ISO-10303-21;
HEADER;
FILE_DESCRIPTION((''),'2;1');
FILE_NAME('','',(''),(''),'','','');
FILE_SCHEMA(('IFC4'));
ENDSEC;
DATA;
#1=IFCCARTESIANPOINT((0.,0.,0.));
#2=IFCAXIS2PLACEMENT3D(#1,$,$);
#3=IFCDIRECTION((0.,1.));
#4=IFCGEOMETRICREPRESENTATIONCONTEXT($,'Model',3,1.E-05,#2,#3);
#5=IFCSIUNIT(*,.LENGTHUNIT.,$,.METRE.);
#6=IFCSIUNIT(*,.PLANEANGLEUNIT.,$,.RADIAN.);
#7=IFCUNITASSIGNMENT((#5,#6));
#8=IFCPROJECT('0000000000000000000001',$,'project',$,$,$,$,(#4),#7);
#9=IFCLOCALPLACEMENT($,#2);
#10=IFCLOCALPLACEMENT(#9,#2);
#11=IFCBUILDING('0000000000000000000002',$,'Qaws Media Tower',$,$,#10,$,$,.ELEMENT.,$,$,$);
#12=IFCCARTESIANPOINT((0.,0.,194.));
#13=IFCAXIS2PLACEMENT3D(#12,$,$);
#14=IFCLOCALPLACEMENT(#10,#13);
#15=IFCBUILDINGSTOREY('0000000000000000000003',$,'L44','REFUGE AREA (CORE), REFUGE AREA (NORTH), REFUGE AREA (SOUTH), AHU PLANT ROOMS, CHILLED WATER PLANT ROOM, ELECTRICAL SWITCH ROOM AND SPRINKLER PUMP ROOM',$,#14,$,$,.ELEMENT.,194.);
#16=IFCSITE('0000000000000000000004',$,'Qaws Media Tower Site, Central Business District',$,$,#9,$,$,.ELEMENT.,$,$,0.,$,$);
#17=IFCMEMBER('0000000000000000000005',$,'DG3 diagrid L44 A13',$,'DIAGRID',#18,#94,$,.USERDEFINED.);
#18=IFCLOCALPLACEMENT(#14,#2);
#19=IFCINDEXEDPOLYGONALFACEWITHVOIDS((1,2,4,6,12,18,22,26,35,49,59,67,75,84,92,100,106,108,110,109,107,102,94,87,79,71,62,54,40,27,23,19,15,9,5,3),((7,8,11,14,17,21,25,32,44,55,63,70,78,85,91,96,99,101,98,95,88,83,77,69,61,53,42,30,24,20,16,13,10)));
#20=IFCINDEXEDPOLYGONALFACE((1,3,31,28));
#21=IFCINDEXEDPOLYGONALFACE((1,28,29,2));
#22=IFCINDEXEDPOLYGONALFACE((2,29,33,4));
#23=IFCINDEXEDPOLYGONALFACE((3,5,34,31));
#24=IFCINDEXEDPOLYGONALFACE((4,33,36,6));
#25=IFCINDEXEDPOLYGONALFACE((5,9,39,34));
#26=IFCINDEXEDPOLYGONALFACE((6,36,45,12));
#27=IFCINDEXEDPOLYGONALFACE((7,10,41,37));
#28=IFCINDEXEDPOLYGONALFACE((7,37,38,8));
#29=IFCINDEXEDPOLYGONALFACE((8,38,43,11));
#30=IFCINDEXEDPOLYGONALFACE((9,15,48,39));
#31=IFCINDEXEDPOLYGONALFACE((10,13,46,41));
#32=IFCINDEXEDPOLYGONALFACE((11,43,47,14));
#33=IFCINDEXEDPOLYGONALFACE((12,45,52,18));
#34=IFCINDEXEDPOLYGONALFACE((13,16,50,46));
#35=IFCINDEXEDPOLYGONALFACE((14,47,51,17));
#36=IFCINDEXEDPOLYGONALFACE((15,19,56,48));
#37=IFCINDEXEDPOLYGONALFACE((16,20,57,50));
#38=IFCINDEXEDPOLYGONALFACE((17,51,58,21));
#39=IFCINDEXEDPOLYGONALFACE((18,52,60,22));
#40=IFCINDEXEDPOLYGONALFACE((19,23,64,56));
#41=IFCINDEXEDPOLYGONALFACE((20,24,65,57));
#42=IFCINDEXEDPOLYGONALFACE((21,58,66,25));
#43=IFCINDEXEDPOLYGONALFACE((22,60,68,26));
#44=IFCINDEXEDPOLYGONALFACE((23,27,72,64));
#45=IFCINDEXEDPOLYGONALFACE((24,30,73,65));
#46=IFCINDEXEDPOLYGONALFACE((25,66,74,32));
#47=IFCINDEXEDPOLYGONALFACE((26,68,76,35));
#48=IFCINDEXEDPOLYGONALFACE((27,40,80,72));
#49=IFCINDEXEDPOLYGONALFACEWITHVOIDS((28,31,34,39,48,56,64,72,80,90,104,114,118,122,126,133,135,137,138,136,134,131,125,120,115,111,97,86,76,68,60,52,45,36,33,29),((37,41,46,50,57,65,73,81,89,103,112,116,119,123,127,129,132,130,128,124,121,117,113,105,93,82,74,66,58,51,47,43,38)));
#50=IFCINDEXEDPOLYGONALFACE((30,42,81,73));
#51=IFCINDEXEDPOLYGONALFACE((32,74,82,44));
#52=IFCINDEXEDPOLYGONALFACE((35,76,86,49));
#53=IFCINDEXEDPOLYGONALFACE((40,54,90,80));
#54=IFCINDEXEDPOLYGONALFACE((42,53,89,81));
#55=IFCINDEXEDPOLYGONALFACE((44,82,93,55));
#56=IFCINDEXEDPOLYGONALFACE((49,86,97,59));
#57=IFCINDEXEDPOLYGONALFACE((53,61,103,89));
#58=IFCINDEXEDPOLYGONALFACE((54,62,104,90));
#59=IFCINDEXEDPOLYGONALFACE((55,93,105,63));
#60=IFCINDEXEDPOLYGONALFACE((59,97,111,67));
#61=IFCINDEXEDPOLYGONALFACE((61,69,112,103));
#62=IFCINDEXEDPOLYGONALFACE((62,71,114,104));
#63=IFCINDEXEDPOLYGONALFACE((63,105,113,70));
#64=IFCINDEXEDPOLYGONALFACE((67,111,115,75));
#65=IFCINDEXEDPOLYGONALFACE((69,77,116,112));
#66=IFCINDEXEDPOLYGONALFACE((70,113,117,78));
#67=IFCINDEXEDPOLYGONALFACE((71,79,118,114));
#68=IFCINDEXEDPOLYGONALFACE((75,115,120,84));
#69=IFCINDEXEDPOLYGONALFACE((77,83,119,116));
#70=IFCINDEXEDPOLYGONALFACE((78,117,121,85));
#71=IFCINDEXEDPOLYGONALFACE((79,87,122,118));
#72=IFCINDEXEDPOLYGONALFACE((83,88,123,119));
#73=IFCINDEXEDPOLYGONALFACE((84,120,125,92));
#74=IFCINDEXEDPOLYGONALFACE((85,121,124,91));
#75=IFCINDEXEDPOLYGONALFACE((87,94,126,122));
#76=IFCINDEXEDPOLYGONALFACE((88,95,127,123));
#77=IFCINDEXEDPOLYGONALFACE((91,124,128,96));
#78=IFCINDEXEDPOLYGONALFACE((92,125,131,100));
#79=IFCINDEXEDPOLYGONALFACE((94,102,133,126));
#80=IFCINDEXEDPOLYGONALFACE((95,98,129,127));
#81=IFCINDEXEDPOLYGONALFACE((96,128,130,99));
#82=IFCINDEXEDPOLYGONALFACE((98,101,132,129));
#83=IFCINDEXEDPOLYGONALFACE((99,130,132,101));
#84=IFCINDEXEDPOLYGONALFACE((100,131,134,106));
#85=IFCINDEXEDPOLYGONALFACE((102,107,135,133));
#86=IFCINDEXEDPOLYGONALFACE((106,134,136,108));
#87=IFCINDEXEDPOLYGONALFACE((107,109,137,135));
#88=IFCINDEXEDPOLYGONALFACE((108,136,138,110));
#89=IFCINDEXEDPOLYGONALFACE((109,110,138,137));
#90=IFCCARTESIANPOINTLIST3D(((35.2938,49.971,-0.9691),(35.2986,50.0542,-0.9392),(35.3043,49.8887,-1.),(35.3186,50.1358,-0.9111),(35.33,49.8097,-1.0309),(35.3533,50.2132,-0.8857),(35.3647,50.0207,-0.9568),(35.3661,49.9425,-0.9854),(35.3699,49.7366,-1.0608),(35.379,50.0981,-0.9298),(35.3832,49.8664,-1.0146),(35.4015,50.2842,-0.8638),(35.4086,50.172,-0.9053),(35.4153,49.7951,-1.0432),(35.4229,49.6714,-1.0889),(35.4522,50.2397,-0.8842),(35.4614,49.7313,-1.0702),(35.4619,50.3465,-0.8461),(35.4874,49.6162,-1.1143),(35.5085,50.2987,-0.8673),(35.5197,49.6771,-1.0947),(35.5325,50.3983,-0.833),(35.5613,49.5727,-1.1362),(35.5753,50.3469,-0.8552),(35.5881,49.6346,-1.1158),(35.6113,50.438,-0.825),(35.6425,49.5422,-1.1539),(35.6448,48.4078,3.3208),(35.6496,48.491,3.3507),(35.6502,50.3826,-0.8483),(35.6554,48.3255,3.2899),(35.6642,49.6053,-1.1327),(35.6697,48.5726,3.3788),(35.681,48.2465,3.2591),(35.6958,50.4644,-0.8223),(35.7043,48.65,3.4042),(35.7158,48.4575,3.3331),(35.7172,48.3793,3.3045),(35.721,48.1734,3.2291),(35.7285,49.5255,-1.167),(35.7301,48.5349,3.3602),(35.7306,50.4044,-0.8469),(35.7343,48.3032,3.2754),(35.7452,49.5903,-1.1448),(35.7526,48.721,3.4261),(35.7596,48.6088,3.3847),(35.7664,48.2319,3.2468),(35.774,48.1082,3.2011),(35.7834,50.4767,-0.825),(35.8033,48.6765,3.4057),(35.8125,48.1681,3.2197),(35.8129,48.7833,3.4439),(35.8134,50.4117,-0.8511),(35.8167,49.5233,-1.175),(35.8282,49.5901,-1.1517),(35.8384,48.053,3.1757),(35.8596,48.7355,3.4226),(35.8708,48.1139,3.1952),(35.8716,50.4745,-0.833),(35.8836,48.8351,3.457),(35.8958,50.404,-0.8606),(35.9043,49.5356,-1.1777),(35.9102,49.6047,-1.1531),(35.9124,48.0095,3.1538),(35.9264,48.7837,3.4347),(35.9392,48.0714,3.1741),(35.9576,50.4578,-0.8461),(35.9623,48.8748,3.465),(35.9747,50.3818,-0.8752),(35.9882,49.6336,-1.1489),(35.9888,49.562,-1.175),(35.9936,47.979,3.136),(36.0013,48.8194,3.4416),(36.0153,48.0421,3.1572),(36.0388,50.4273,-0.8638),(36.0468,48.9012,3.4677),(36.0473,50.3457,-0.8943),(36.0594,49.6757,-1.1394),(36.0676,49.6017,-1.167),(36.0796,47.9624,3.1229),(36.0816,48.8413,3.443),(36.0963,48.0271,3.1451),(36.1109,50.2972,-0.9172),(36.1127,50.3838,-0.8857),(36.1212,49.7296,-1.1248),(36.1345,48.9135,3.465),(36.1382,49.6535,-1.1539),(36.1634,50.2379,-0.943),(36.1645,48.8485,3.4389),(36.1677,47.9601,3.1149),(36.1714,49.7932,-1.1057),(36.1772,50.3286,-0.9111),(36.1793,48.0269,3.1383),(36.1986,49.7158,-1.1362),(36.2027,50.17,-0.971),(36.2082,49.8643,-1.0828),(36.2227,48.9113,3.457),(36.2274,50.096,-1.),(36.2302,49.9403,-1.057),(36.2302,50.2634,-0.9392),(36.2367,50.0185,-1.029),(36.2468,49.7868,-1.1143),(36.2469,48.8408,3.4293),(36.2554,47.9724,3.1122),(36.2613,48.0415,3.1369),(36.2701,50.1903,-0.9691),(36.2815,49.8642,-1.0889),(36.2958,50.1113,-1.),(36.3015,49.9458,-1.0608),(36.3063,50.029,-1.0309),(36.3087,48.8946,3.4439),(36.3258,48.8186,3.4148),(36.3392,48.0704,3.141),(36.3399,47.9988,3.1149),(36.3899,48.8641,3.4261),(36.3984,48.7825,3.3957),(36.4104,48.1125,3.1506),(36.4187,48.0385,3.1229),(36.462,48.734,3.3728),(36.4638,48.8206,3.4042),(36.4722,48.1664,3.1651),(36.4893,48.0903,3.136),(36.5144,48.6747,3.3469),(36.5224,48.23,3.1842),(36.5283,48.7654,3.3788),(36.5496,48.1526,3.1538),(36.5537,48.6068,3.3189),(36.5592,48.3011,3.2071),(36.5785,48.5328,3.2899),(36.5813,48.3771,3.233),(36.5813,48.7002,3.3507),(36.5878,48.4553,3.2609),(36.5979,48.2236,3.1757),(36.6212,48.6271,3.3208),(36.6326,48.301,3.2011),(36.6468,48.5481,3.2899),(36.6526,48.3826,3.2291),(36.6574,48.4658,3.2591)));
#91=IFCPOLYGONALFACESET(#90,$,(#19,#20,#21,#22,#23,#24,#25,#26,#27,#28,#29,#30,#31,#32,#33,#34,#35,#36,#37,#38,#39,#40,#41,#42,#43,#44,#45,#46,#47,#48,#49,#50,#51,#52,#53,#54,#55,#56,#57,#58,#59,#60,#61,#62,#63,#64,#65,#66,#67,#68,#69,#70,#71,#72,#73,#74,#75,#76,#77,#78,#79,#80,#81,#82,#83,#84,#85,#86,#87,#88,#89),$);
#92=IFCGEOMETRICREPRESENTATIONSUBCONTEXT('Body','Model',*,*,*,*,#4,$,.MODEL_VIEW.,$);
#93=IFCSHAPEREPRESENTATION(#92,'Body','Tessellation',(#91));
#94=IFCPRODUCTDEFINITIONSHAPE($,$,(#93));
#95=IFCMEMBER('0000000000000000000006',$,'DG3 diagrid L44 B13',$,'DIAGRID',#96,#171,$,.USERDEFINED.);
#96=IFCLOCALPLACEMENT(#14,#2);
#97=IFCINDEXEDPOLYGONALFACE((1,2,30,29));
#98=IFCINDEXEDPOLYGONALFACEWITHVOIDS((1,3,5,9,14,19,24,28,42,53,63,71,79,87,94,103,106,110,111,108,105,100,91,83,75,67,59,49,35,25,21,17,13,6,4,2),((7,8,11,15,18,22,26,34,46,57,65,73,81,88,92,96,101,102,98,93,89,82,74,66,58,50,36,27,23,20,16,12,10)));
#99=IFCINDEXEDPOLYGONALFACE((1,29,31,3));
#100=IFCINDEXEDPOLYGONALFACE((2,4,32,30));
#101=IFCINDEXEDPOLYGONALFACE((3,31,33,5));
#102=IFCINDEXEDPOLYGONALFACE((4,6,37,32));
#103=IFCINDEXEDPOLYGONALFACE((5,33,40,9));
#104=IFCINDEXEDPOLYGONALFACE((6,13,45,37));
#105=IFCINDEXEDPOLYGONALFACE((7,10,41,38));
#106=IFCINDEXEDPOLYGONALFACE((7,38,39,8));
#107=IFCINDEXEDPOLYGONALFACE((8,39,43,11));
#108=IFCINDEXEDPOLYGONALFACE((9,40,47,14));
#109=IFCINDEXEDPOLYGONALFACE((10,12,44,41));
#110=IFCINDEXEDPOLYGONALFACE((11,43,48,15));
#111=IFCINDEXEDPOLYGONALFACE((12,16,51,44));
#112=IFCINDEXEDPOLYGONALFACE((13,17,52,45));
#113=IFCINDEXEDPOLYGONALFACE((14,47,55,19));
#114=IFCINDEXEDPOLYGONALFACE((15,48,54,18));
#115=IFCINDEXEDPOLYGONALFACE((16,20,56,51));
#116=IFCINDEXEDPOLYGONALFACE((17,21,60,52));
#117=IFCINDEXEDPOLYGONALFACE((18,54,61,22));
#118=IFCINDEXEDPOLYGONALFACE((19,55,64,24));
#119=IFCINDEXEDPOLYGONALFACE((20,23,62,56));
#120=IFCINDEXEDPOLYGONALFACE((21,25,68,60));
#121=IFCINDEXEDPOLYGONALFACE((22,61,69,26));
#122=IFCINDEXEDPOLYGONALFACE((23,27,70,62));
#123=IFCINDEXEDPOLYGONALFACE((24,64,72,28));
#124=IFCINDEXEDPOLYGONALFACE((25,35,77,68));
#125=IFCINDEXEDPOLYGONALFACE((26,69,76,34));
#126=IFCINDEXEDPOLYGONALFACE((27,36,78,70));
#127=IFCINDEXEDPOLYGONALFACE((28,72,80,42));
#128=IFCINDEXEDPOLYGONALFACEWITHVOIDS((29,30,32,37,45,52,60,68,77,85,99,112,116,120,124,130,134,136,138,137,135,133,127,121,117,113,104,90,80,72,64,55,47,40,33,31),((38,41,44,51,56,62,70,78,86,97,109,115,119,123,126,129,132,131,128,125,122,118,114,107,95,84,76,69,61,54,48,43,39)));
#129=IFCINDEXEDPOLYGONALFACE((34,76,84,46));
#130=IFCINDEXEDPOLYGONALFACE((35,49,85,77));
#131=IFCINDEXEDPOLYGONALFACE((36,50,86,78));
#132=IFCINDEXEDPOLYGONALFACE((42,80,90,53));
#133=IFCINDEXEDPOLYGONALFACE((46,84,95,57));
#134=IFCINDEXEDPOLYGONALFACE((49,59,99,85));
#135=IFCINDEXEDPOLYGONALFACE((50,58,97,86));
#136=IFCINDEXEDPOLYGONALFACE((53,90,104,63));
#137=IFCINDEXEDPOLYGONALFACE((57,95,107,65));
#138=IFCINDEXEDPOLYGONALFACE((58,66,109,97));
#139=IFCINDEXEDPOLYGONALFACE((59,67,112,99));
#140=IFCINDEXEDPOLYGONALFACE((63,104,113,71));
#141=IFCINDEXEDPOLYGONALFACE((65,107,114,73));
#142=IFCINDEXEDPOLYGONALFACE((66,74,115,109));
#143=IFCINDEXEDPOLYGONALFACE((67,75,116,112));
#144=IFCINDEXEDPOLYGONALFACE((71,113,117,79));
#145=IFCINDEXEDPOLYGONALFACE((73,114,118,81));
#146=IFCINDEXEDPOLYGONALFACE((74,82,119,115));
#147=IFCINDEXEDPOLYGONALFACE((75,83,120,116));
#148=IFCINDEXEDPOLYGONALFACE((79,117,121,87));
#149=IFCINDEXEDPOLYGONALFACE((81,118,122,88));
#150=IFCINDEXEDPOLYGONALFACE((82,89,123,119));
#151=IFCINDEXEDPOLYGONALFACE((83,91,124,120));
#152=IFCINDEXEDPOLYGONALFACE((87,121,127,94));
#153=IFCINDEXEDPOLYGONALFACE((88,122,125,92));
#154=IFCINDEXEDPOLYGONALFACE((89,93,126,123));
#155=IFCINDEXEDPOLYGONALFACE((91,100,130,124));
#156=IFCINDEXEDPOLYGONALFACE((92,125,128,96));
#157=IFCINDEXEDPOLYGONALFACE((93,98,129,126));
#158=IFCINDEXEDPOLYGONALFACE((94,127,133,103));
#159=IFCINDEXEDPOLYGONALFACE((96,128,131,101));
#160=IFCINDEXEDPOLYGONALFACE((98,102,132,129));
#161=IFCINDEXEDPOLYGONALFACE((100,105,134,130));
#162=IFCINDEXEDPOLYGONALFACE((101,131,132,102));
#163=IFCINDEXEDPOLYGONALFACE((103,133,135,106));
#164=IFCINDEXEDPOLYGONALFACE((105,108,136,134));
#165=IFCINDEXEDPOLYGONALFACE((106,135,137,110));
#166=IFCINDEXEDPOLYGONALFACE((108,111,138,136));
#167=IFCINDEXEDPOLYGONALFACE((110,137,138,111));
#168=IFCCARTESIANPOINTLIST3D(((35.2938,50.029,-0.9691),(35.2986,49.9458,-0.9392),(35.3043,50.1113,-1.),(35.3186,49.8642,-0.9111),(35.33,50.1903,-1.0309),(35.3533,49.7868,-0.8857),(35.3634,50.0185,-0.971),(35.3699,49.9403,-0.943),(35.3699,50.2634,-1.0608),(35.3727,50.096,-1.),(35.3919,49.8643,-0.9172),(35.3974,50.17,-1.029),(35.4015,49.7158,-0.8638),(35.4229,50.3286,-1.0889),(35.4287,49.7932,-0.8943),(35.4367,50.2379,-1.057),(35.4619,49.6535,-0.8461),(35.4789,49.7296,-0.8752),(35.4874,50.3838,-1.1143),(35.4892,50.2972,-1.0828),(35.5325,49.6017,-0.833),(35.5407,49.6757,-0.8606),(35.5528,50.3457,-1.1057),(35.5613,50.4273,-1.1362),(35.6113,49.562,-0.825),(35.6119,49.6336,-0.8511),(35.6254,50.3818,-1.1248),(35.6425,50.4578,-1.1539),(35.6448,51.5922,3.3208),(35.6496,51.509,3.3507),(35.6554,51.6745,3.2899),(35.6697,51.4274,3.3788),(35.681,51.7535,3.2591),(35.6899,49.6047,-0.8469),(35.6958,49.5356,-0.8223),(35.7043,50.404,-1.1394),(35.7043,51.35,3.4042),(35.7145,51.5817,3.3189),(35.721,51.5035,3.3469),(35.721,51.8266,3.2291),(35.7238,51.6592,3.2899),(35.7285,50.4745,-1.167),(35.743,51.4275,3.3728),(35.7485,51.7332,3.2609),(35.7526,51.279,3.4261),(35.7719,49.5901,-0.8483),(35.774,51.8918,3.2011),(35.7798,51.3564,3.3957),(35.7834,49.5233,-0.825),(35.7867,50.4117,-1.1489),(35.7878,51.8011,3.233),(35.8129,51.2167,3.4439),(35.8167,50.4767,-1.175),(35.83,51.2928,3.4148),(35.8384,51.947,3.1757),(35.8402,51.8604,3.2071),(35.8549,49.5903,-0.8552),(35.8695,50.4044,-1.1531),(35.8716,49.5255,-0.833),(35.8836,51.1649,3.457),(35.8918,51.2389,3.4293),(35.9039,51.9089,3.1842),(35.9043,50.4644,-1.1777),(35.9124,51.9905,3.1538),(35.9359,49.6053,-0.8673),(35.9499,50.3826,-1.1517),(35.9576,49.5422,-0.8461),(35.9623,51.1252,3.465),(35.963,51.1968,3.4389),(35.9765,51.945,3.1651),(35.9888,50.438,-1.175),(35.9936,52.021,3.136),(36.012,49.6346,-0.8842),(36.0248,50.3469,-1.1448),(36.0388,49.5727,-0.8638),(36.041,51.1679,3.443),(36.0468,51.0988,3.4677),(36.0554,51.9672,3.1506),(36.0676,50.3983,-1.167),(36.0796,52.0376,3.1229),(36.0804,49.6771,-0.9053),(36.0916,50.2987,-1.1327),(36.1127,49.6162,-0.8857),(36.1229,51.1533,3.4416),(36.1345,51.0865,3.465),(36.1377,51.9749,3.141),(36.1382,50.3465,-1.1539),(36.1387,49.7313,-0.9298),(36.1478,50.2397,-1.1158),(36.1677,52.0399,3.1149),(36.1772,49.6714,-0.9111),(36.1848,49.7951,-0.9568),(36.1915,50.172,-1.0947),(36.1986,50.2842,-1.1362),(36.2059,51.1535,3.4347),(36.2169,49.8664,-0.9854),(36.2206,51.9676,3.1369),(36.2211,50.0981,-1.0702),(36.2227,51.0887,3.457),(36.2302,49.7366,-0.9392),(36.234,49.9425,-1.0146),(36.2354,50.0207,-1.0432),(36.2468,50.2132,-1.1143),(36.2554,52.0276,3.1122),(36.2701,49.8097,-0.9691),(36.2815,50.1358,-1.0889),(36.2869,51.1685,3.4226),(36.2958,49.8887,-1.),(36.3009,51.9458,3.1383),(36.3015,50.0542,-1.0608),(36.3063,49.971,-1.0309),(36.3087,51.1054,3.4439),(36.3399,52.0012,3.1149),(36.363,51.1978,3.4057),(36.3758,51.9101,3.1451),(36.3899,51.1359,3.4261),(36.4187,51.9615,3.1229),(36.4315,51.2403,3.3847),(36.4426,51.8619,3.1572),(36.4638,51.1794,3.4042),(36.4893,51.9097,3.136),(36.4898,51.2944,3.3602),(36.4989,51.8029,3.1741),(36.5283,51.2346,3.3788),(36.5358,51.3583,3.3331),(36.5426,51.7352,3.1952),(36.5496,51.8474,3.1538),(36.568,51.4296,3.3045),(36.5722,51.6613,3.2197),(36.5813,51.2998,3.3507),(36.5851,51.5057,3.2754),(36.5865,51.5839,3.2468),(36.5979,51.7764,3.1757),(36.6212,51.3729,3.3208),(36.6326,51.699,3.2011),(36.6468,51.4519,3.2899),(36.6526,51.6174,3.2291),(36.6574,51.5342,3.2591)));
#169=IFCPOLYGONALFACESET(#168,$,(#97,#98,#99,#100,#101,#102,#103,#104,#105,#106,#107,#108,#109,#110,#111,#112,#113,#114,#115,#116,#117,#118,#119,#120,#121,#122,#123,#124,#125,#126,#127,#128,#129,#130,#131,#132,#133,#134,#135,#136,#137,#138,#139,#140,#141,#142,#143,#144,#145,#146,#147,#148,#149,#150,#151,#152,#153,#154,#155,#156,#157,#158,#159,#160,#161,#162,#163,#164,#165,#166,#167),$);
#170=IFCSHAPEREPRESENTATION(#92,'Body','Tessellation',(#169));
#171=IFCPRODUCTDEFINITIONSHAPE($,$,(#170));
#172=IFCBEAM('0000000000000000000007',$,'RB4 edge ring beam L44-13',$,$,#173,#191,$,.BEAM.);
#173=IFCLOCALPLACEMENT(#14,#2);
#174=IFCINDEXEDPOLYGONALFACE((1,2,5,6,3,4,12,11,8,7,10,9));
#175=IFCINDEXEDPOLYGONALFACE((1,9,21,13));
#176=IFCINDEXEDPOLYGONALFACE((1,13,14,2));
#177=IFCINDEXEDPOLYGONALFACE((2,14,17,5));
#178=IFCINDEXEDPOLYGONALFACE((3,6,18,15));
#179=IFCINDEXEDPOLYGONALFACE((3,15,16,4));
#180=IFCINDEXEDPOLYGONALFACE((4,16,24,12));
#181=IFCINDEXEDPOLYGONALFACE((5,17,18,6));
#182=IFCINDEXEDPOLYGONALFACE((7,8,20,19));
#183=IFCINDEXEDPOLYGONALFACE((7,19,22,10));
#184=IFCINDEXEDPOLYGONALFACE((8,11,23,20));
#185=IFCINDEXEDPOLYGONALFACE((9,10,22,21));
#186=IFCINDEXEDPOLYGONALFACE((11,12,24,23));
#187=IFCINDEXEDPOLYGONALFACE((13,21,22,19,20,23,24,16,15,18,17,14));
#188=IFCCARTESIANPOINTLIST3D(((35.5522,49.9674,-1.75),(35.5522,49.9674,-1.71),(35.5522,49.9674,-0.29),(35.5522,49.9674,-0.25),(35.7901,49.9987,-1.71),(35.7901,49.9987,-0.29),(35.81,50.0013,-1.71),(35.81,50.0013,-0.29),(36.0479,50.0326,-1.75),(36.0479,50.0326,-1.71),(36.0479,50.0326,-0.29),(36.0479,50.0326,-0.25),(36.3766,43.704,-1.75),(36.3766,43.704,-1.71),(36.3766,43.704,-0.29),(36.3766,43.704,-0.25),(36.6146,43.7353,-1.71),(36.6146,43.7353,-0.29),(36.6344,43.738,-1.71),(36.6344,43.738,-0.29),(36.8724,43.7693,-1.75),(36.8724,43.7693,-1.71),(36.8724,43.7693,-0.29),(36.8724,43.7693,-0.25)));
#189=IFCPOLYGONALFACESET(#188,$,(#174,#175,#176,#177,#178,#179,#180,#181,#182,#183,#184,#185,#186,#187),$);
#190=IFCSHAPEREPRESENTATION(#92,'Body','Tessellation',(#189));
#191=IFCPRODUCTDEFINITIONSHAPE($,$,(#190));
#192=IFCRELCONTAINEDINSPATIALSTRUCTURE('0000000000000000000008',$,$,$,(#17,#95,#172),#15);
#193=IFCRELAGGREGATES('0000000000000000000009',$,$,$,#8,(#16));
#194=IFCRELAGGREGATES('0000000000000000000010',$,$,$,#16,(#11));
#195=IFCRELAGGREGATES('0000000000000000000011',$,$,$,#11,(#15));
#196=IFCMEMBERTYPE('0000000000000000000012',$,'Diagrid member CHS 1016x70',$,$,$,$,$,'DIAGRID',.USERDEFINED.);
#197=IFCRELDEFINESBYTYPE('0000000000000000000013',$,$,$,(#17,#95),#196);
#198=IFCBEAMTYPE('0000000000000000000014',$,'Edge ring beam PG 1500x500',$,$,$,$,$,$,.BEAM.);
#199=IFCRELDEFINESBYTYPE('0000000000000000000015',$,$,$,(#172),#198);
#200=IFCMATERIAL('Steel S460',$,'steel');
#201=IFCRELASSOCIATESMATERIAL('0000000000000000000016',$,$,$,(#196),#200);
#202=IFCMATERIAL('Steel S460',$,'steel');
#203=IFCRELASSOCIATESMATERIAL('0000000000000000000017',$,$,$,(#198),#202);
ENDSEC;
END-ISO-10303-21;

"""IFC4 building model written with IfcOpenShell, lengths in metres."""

from ifc_helpers import new_model, si_unit, direction, frame, origin, origin_2d, place, context, subcontext, project, spatial, hollow_circle, i_section, extrude, material, material_profile, profile_set, type_object, element, save


model = new_model("IFC4")

# Units and contexts
model_context = context("Model", 3, precision=1e-05, world=origin(), true_north=direction((0.0, 1.0)))
body_context = subcontext(model_context, "Body", "Model", "MODEL_VIEW")
ifc_project = project(units=[si_unit("LENGTHUNIT", "METRE"), si_unit("PLANEANGLEUNIT", "RADIAN")], contexts=[model_context])

# Site, building, storey
site_placement = place(None, origin())
site = spatial("IfcSite", under=ifc_project, at=site_placement, Name="Qaws Media Tower Site, Central Business District", CompositionType="ELEMENT", RefElevation=0.0)
building_placement = place(site_placement, origin())
building = spatial("IfcBuilding", under=site, at=building_placement, Name="Qaws Media Tower", CompositionType="ELEMENT")
storey_placement = place(building_placement, frame((0.0, 0.0, 194.0)))
storey = spatial("IfcBuildingStorey", under=building, at=storey_placement, Name="L44", Description="REFUGE AREA (CORE), REFUGE AREA (NORTH), REFUGE AREA (SOUTH), AHU PLANT ROOMS, CHILLED WATER PLANT ROOM, ELECTRICAL SWITCH ROOM AND SPRINKLER PUMP ROOM", CompositionType="ELEMENT", Elevation=194.0)

# Members
ifc_material_1 = material(Name="Steel S460", Category="steel")
ifc_material_profile_1 = material_profile(ifc_material_1, hollow_circle(Radius=0.5081, WallThickness=0.0701, at=origin_2d()), Name="CHS 1016x70")
ifc_profile_set_1 = profile_set([ifc_material_profile_1], Name="Steel S460")
member_type_1 = type_object("IfcMemberType", Name="Diagrid member CHS 1016x70", ElementType="DIAGRID", PredefinedType="USERDEFINED", material=ifc_profile_set_1)
for number, where, z_axis, x_axis, name in (
    (1, (35.8, 50.0, -1.0), (0.076663, -0.341358, 0.936802), (0.975697, 0.219124, 0.0), "DG3 diagrid L44 A13"),
    (2, (35.8, 50.0, -1.0), (0.076663, 0.341358, 0.936802), (-0.975697, 0.219124, 0.0), "DG3 diagrid L44 B13"),
):
    element("IfcMember", number, at=place(storey_placement, frame(where, z_axis=z_axis, x_axis=x_axis)), inside=storey, type_object=member_type_1, Name=name, ObjectType="DIAGRID", PredefinedType="USERDEFINED", context=body_context, shape_type="SweptSolid", body=[
        extrude(hollow_circle(Radius=0.5081, WallThickness=0.0701, at=origin_2d()), origin(), (0.0, 0.0, 1.0), 4.5793),
    ])

# Beam
ifc_material_2 = material(Name="Steel S460", Category="steel")
ifc_material_profile_2 = material_profile(ifc_material_2, i_section(OverallWidth=0.5, OverallDepth=1.5, WebThickness=0.02, FlangeThickness=0.04, at=origin_2d()), Name="PG 1500x500")
ifc_profile_set_2 = profile_set([ifc_material_profile_2], Name="Steel S460")
beam_type_1 = type_object("IfcBeamType", Name="Edge ring beam PG 1500x500", PredefinedType="BEAM", material=ifc_profile_set_2)
beam_1_placement = place(storey_placement, frame((35.8, 50.0, -1.0), z_axis=(0.130505, -0.991448, 0.0), x_axis=(0.991448, 0.130505, 0.0)))
element("IfcBeam", 3, at=beam_1_placement, inside=storey, type_object=beam_type_1, Name="RB4 edge ring beam L44-13", PredefinedType="BEAM", context=body_context, shape_type="SweptSolid", body=[
    extrude(i_section(OverallWidth=0.5, OverallDepth=1.5, WebThickness=0.02, FlangeThickness=0.04, at=origin_2d()), origin(), (0.0, 0.0, 1.0), 6.3174),
])

save(model, "model.ifc")
